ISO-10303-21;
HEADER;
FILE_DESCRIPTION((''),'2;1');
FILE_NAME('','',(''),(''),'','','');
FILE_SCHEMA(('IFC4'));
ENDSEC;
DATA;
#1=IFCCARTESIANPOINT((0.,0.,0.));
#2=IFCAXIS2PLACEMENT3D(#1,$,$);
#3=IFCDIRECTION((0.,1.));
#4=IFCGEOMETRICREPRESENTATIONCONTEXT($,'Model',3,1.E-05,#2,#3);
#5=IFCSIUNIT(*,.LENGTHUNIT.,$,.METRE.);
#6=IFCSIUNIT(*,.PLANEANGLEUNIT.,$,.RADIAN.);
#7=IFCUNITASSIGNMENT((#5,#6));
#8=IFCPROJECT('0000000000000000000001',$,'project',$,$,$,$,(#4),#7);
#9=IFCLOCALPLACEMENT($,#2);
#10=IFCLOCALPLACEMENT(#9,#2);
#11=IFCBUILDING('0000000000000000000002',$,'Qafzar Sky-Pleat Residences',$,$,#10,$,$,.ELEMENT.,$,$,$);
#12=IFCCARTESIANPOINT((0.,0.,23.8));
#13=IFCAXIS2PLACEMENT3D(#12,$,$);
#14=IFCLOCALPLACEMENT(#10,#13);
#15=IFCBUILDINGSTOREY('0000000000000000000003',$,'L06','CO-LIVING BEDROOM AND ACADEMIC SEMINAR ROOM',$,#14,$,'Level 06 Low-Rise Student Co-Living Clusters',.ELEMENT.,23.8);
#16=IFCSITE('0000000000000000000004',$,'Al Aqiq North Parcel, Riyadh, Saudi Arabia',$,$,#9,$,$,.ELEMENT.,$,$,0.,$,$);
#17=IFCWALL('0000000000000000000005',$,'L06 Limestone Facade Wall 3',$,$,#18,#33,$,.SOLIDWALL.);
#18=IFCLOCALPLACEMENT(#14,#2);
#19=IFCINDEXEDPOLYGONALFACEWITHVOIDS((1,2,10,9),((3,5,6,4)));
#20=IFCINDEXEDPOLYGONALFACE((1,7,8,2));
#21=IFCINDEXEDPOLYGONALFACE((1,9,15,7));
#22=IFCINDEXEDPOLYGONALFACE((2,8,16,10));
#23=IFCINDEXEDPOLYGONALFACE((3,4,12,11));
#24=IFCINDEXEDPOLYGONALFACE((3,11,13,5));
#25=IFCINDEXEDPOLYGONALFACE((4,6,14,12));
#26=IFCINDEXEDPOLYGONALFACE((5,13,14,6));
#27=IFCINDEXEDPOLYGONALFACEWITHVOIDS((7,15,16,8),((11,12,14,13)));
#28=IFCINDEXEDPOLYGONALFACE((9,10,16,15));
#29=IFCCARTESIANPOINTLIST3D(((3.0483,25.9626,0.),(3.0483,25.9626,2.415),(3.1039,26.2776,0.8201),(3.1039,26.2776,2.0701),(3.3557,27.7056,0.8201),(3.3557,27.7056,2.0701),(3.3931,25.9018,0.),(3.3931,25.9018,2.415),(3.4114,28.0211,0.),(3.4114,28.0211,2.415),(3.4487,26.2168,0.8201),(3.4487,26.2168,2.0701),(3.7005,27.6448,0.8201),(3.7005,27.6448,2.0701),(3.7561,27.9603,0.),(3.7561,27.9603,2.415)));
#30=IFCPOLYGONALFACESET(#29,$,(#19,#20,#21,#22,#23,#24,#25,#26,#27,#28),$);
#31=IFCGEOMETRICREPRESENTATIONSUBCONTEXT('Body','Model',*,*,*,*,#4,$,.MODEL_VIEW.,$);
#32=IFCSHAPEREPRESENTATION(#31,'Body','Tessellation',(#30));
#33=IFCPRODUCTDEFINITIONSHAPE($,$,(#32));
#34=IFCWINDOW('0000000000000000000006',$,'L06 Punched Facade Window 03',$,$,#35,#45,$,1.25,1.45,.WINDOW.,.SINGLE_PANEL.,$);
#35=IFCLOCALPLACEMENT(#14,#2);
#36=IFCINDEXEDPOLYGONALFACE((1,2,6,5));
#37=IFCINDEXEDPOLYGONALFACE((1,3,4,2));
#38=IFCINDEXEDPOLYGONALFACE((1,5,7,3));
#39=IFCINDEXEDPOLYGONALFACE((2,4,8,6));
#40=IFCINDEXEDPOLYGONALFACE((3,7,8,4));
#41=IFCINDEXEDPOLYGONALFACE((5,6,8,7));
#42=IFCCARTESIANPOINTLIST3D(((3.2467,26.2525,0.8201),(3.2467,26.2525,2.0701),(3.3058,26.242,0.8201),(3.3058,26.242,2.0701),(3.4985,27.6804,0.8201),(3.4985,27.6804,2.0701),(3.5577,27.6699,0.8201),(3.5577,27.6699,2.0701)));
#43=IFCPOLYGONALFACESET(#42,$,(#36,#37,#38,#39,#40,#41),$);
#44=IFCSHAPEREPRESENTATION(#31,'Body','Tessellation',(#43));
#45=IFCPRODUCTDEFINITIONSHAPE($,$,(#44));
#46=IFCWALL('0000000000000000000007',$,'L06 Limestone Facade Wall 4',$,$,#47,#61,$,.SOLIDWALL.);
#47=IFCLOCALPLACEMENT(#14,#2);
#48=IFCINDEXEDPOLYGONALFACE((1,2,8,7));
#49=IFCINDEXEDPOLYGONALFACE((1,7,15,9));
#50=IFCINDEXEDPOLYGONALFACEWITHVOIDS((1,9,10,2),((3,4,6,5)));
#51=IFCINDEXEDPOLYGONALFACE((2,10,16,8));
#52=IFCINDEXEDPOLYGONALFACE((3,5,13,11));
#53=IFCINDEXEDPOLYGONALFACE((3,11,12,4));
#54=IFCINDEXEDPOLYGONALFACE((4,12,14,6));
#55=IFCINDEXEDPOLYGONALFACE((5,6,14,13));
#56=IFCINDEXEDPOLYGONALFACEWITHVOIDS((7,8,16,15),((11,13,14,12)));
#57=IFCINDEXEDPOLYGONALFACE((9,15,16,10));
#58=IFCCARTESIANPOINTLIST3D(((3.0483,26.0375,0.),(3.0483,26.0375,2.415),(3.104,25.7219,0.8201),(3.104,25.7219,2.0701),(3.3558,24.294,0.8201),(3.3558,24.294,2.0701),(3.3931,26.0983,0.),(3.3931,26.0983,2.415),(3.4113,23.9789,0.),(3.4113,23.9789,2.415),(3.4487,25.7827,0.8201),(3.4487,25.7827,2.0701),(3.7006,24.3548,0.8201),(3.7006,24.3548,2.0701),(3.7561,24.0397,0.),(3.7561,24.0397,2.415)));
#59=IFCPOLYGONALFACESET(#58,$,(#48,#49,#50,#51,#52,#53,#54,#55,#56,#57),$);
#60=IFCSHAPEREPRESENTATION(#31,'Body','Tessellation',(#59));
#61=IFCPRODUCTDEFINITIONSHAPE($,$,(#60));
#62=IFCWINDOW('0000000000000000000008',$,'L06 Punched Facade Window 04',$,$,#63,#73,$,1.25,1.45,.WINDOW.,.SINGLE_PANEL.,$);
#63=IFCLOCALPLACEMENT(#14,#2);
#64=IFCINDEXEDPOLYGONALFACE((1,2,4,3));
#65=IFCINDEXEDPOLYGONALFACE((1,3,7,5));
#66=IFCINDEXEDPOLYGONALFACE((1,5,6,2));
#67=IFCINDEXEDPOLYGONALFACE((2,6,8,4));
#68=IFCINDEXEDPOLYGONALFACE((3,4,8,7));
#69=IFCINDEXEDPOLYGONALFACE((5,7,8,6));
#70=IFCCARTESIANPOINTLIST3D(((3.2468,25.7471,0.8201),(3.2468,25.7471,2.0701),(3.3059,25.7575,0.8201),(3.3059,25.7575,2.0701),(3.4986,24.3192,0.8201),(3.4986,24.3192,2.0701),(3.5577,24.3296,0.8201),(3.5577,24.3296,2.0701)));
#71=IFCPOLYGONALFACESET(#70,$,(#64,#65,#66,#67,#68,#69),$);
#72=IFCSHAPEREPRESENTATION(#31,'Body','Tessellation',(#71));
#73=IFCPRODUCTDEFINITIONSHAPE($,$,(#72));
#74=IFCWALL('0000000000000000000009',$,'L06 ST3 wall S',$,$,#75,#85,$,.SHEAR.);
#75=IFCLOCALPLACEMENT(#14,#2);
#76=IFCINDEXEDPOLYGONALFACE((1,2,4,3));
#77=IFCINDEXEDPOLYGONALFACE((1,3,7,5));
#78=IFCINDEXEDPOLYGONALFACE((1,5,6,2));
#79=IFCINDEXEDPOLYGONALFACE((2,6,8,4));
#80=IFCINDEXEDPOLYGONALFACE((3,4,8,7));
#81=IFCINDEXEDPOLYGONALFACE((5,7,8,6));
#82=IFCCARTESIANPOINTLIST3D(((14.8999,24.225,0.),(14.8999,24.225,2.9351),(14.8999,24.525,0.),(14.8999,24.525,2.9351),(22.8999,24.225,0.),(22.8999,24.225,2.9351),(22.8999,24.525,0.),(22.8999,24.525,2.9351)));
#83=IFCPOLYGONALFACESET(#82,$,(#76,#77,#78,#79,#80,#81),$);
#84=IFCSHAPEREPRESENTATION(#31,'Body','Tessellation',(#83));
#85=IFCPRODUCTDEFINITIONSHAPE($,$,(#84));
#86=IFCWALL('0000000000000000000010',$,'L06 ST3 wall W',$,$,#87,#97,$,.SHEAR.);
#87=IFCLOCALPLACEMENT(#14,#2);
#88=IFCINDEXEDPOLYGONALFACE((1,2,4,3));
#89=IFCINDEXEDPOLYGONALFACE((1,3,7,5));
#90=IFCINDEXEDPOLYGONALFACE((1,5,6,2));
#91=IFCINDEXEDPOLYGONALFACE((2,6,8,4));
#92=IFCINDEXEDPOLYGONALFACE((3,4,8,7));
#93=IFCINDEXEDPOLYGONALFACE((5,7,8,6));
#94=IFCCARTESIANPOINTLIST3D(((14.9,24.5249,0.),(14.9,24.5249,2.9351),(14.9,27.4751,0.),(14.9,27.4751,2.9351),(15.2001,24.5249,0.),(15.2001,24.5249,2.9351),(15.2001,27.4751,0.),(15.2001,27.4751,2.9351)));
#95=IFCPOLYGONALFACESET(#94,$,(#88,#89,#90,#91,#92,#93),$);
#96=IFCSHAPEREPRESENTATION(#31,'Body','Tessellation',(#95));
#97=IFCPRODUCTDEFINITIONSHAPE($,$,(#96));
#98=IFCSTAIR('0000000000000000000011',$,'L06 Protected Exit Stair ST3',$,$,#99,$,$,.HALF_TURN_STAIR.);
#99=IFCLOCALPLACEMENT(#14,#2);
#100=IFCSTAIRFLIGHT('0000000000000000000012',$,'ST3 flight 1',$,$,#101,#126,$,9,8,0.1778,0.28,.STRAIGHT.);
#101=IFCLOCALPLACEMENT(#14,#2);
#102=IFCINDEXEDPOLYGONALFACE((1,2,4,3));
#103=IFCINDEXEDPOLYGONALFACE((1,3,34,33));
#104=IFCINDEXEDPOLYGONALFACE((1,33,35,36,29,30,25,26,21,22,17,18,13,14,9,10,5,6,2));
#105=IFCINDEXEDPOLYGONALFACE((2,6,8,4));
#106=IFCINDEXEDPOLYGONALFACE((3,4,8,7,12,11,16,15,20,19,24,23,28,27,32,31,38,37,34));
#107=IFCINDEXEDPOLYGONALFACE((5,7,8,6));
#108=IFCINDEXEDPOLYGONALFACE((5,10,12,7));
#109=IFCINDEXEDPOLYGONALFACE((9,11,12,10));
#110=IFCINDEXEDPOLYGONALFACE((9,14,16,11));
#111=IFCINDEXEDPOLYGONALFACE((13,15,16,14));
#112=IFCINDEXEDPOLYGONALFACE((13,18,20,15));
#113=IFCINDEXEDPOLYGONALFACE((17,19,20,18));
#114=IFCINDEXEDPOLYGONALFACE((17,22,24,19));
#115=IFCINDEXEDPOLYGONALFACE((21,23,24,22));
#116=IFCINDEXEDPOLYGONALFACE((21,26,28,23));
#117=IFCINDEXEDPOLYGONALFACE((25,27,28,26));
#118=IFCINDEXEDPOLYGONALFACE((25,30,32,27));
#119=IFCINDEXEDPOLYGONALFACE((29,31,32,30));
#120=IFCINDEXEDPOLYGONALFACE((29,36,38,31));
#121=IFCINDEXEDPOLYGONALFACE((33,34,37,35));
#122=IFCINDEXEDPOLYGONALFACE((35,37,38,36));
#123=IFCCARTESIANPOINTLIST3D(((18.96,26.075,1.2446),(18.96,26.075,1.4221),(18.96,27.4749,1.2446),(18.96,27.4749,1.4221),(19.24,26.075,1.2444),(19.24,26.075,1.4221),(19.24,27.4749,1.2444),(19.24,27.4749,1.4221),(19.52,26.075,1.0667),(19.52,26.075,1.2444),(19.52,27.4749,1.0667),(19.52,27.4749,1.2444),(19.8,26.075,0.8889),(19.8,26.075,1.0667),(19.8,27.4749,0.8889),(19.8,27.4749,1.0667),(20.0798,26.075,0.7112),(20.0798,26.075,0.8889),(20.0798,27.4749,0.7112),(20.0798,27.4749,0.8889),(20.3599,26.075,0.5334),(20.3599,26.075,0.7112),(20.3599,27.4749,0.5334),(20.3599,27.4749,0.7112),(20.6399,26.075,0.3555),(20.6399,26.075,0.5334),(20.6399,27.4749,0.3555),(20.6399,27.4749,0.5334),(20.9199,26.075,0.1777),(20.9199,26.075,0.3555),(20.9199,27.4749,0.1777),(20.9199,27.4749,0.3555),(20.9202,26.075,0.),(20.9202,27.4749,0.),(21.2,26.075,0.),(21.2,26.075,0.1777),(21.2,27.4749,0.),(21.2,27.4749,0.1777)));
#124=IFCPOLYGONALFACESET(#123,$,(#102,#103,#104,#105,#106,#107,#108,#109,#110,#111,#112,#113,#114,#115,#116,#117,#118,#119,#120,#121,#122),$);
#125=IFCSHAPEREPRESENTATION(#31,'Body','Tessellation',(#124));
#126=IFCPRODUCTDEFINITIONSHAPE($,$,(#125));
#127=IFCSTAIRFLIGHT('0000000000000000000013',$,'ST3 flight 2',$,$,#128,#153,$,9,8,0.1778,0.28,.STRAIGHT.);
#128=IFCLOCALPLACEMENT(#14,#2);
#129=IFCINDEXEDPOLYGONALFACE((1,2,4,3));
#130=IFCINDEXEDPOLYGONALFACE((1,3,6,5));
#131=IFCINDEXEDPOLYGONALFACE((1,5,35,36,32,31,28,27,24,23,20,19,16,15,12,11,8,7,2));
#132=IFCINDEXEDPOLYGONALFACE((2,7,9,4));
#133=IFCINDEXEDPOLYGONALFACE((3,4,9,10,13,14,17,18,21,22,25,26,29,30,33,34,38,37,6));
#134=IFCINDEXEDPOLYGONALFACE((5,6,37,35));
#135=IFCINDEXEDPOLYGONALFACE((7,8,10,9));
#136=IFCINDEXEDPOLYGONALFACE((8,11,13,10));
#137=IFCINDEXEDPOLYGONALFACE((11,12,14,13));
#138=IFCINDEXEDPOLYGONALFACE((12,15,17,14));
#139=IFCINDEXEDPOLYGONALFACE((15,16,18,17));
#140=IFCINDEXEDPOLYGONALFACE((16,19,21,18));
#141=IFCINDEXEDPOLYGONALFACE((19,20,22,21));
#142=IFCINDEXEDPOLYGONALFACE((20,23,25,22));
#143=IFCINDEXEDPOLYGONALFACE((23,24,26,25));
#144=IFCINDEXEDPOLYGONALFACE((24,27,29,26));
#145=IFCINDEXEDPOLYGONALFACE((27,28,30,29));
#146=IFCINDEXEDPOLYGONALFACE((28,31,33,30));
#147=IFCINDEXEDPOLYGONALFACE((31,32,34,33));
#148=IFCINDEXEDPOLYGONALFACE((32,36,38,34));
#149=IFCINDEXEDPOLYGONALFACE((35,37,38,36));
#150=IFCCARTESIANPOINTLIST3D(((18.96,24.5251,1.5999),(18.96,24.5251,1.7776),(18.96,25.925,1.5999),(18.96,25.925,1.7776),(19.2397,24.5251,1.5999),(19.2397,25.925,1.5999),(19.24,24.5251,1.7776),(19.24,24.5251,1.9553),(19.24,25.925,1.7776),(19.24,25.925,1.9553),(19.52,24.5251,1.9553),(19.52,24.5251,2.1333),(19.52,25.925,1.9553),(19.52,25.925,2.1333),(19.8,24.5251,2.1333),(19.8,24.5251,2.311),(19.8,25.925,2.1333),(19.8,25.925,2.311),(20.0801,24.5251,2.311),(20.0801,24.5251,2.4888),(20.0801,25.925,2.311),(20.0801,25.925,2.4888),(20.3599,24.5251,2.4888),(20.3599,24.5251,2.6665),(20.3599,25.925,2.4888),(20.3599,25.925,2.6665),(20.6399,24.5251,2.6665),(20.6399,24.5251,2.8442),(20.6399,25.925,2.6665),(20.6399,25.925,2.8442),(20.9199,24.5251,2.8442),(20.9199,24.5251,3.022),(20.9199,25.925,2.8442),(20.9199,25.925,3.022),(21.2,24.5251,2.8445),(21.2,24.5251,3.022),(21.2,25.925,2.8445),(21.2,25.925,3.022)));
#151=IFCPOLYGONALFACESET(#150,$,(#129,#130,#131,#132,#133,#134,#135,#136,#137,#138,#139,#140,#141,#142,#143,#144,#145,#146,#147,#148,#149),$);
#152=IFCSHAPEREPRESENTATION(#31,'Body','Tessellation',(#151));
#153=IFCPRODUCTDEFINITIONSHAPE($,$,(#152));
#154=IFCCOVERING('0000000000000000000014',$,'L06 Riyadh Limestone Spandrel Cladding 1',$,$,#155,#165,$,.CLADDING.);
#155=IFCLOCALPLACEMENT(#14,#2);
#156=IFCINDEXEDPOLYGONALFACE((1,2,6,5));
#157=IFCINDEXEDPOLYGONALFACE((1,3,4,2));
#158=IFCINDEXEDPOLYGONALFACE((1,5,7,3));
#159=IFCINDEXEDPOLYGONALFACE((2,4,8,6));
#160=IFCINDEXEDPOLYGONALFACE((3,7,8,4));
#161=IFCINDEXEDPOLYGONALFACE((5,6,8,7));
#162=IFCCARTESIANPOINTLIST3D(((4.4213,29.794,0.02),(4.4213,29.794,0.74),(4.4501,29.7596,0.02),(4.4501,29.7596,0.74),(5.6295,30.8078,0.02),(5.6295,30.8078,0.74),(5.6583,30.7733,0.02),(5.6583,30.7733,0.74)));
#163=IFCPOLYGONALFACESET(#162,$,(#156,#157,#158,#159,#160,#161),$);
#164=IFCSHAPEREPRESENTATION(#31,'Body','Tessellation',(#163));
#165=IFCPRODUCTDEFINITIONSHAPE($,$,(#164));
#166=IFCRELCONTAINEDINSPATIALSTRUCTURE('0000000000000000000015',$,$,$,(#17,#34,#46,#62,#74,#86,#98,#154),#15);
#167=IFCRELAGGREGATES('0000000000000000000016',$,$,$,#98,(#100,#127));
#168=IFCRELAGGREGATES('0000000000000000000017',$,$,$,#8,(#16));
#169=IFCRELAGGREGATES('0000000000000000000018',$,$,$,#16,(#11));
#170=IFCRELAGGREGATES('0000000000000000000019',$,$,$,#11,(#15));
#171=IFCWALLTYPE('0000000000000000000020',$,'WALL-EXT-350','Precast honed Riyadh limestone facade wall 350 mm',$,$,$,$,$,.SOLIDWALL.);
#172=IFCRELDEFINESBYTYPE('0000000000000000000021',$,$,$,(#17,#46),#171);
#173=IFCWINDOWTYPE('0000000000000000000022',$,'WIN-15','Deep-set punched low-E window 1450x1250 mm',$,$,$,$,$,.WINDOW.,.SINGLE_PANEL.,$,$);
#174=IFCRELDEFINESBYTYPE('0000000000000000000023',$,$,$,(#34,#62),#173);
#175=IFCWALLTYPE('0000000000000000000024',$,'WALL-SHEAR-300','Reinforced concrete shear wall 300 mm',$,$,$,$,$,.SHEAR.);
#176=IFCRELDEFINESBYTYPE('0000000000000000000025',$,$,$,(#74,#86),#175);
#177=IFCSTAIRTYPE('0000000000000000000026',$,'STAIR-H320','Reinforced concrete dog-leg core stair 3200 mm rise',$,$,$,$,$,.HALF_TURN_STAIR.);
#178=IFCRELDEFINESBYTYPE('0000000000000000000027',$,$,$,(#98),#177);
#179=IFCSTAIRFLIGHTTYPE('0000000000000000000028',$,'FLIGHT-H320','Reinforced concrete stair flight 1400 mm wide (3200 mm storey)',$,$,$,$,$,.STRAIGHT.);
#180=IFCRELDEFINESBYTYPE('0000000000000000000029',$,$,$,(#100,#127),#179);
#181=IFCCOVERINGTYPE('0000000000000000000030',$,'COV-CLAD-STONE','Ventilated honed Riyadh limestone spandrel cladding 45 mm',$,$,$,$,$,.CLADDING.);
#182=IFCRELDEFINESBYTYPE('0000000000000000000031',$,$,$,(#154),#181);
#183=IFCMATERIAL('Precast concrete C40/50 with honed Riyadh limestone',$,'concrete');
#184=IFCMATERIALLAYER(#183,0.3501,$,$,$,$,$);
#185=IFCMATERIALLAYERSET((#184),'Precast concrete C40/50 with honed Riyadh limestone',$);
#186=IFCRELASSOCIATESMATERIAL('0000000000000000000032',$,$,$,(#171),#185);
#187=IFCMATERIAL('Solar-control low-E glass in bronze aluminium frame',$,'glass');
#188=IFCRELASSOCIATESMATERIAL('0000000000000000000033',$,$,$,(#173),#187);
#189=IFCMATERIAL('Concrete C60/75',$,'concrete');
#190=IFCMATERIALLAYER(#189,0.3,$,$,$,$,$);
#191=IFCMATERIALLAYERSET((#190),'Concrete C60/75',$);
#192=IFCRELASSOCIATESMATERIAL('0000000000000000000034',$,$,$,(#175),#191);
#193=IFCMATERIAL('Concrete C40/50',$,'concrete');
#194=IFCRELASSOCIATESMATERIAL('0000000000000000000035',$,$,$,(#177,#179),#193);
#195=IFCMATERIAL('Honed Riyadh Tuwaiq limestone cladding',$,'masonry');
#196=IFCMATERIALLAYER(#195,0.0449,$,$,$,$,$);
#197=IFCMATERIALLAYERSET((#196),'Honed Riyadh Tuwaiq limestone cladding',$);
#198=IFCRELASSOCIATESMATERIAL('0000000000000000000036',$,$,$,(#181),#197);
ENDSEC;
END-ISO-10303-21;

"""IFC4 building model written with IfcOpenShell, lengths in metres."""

from ifc_helpers import new_model, si_unit, direction, frame, frame_2d, origin, origin_2d, place, context, subcontext, project, spatial, polyline, rectangle, outline, extrude, source, transform, mapped, material, layer, layer_set, type_object, element, fill, aggregate, save


model = new_model("IFC4")

# Units and contexts
model_context = context("Model", 3, precision=1e-05, world=origin(), true_north=direction((0.0, 1.0)))
body_context = subcontext(model_context, "Body", "Model", "MODEL_VIEW")
ifc_project = project(units=[si_unit("LENGTHUNIT", "METRE"), si_unit("PLANEANGLEUNIT", "RADIAN")], contexts=[model_context])

# Site, building, storey
site_placement = place(None, origin())
site = spatial("IfcSite", under=ifc_project, at=site_placement, Name="Al Aqiq North Parcel, Riyadh, Saudi Arabia", CompositionType="ELEMENT", RefElevation=0.0)
building_placement = place(site_placement, origin())
building = spatial("IfcBuilding", under=site, at=building_placement, Name="Qafzar Sky-Pleat Residences", CompositionType="ELEMENT")
storey_placement = place(building_placement, frame((0.0, 0.0, 23.8)))
storey = spatial("IfcBuildingStorey", under=building, at=storey_placement, Name="L06", Description="CO-LIVING BEDROOM AND ACADEMIC SEMINAR ROOM", LongName="Level 06 Low-Rise Student Co-Living Clusters", CompositionType="ELEMENT", Elevation=23.8)

# Shared definitions
ifc_material_1 = material(Name="Concrete C60/75", Category="concrete")

# Shared definitions
ifc_material_2 = material(Name="Precast concrete C40/50 with honed Riyadh limestone", Category="concrete")
ifc_layer_1 = layer(ifc_material_2, 0.3501)
ifc_layer_set_1 = layer_set([ifc_layer_1], Name="Precast concrete C40/50 with honed Riyadh limestone")
wall_type_1 = type_object("IfcWallType", Name="WALL-EXT-350", Description="Precast honed Riyadh limestone facade wall 350 mm", PredefinedType="SOLIDWALL", material=ifc_layer_set_1)

# Walls, openings, windows
ifc_material_3 = material(Name="Solar-control low-E glass in bronze aluminium frame", Category="glass")
window_type = type_object("IfcWindowType", Name="WIN-15", Description="Deep-set punched low-E window 1450x1250 mm", PartitioningType="SINGLE_PANEL", PredefinedType="WINDOW", material=ifc_material_3)
shared_shape_1 = source(origin(), body_context, "Body", "SweptSolid", [
    extrude(rectangle(XDim=1.45, YDim=1.25, at=frame_2d((0.7251, 0.625))), frame((0.0, 0.03, 0.0), z_axis=(0.0, -1.0, 0.0), x_axis=(1.0, 0.0, 0.0)), (0.0, 0.0, 1.0), 0.0601),
])
wall_1_placement = place(storey_placement, frame((3.5837, 27.9907, 0.0), z_axis=(0.0, 0.0, 1.0), x_axis=(-0.173672, -0.984804, 0.0)))
wall_1 = element("IfcWall", 1, at=wall_1_placement, inside=storey, type_object=wall_type_1, Name="L06 Limestone Facade Wall 3", PredefinedType="SOLIDWALL", context=body_context, shape_type="SweptSolid", body=[
    extrude(rectangle(XDim=2.0903, YDim=0.3501, at=frame_2d((1.0452, 0.0))), origin(), (0.0, 0.0, 1.0), 2.415),
])
opening_1_placement = place(wall_1_placement, frame((0.3203, 0.0, 0.8201)))
opening_1 = element("IfcOpeningElement", 2, at=opening_1_placement, cuts=wall_1, PredefinedType="OPENING", context=body_context, shape_type="SweptSolid", body=[
    extrude(rectangle(XDim=1.45, YDim=1.25, at=frame_2d((0.7251, 0.625))), frame((0.0, 0.1851, 0.0), z_axis=(0.0, -1.0, 0.0), x_axis=(1.0, 0.0, 0.0)), (0.0, 0.0, 1.0), 0.3701),
])
window_1_placement = place(opening_1_placement, origin())
window_1 = element("IfcWindow", 3, at=window_1_placement, inside=storey, type_object=window_type, Name="L06 Punched Facade Window 03", OverallHeight=1.25, OverallWidth=1.45, PartitioningType="SINGLE_PANEL", PredefinedType="WINDOW", context=body_context, shape_type="MappedRepresentation", body=[
    mapped(shared_shape_1, transform((0.0, 0.0, 0.0), x_axis=(1.0, 0.0, 0.0), y_axis=(0.0, 1.0, 0.0), z_axis=(0.0, 0.0, 1.0), scale=1.0)),
])
fill(opening_1, window_1)
wall_2_placement = place(storey_placement, frame((3.2207, 26.0679, 0.0), z_axis=(0.0, 0.0, 1.0), x_axis=(0.173672, -0.984804, 0.0)))
wall_2 = element("IfcWall", 4, at=wall_2_placement, inside=storey, type_object=wall_type_1, Name="L06 Limestone Facade Wall 4", PredefinedType="SOLIDWALL", context=body_context, shape_type="SweptSolid", body=[
    extrude(rectangle(XDim=2.0903, YDim=0.3501, at=frame_2d((1.0452, 0.0))), origin(), (0.0, 0.0, 1.0), 2.415),
])
opening_2_placement = place(wall_2_placement, frame((0.3203, 0.0, 0.8201)))
opening_2 = element("IfcOpeningElement", 5, at=opening_2_placement, cuts=wall_2, PredefinedType="OPENING", context=body_context, shape_type="SweptSolid", body=[
    extrude(rectangle(XDim=1.45, YDim=1.25, at=frame_2d((0.7251, 0.625))), frame((0.0, 0.1851, 0.0), z_axis=(0.0, -1.0, 0.0), x_axis=(1.0, 0.0, 0.0)), (0.0, 0.0, 1.0), 0.3701),
])
window_2_placement = place(opening_2_placement, origin())
window_2 = element("IfcWindow", 6, at=window_2_placement, inside=storey, type_object=window_type, Name="L06 Punched Facade Window 04", OverallHeight=1.25, OverallWidth=1.45, PartitioningType="SINGLE_PANEL", PredefinedType="WINDOW", context=body_context, shape_type="MappedRepresentation", body=[
    mapped(shared_shape_1, transform((0.0, 0.0, 0.0), x_axis=(1.0, 0.0, 0.0), y_axis=(0.0, 1.0, 0.0), z_axis=(0.0, 0.0, 1.0), scale=1.0)),
])
fill(opening_2, window_2)

# Walls
ifc_layer_2 = layer(ifc_material_1, 0.3)
ifc_layer_set_2 = layer_set([ifc_layer_2], Name="Concrete C60/75")
wall_type_2 = type_object("IfcWallType", Name="WALL-SHEAR-300", Description="Reinforced concrete shear wall 300 mm", PredefinedType="SHEAR", material=ifc_layer_set_2)
wall_3_placement = place(storey_placement, frame((14.8999, 24.375, 0.0), z_axis=(0.0, 0.0, 1.0), x_axis=(1.0, 0.0, 0.0)))
element("IfcWall", 7, at=wall_3_placement, inside=storey, type_object=wall_type_2, Name="L06 ST3 wall S", PredefinedType="SHEAR", context=body_context, shape_type="SweptSolid", body=[
    extrude(rectangle(XDim=8.0, YDim=0.3, at=frame_2d((4.0, 0.0))), origin(), (0.0, 0.0, 1.0), 2.9351),
])
wall_4_placement = place(storey_placement, frame((15.05, 27.4751, 0.0), z_axis=(0.0, 0.0, 1.0), x_axis=(0.0, -1.0, 0.0)))
element("IfcWall", 8, at=wall_4_placement, inside=storey, type_object=wall_type_2, Name="L06 ST3 wall W", PredefinedType="SHEAR", context=body_context, shape_type="SweptSolid", body=[
    extrude(rectangle(XDim=2.9502, YDim=0.3, at=frame_2d((1.4751, 0.0))), origin(), (0.0, 0.0, 1.0), 2.9351),
])

# Stair, stair flights
ifc_material_4 = material(Name="Concrete C40/50", Category="concrete")
stair_type = type_object("IfcStairType", Name="STAIR-H320", Description="Reinforced concrete dog-leg core stair 3200 mm rise", PredefinedType="HALF_TURN_STAIR", material=ifc_material_4)
stair_placement = place(storey_placement, origin())
stair = element("IfcStair", 9, at=stair_placement, inside=storey, type_object=stair_type, Name="L06 Protected Exit Stair ST3", PredefinedType="HALF_TURN_STAIR")
stair_flight_type = type_object("IfcStairFlightType", Name="FLIGHT-H320", Description="Reinforced concrete stair flight 1400 mm wide (3200 mm storey)", PredefinedType="STRAIGHT", material=ifc_material_4)
shared_shape_2 = source(origin(), body_context, "Body", "SweptSolid", [
    extrude(outline(polyline([(0.0, 0.0), (0.0, 0.1777), (0.28, 0.1777), (0.28, 0.3555), (0.5601, 0.3555), (0.5601, 0.5334), (0.8401, 0.5334), (0.8401, 0.7112), (1.1201, 0.7112), (1.1201, 0.8889), (1.3999, 0.8889), (1.3999, 1.0667), (1.6799, 1.0667), (1.6799, 1.2444), (1.96, 1.2444), (1.96, 1.4221), (2.24, 1.4221), (2.24, 1.6001), (2.24, 1.2446), (0.2798, 0.0), (0.0, 0.0)])), frame((0.0, 0.7, 0.0), z_axis=(0.0, -1.0, 0.0), x_axis=(1.0, 0.0, 0.0)), (0.0, 0.0, 1.0), 1.3999),
])
stair_flight_1_placement = place(storey_placement, frame((21.2, 26.7749, 0.0), z_axis=(0.0, 0.0, 1.0), x_axis=(-1.0, 0.0, 0.0)))
stair_flight_1 = element("IfcStairFlight", 10, at=stair_flight_1_placement, type_object=stair_flight_type, Name="ST3 flight 1", NumberOfRisers=9, NumberOfTreads=8, PredefinedType="STRAIGHT", RiserHeight=0.1778, TreadLength=0.28, context=body_context, shape_type="MappedRepresentation", body=[
    mapped(shared_shape_2, transform((0.0, 0.0, 0.0), x_axis=(1.0, 0.0, 0.0), y_axis=(0.0, 1.0, 0.0), z_axis=(0.0, 0.0, 1.0), scale=1.0)),
])
stair_flight_2_placement = place(storey_placement, frame((18.96, 25.2251, 1.5999), z_axis=(0.0, 0.0, 1.0), x_axis=(1.0, 0.0, 0.0)))
stair_flight_2 = element("IfcStairFlight", 11, at=stair_flight_2_placement, type_object=stair_flight_type, Name="ST3 flight 2", NumberOfRisers=9, NumberOfTreads=8, PredefinedType="STRAIGHT", RiserHeight=0.1778, TreadLength=0.28, context=body_context, shape_type="MappedRepresentation", body=[
    mapped(shared_shape_2, transform((0.0, 0.0, 0.0), x_axis=(1.0, 0.0, 0.0), y_axis=(0.0, 1.0, 0.0), z_axis=(0.0, 0.0, 1.0), scale=1.0)),
])
aggregate(stair, [stair_flight_1, stair_flight_2])

# Covering
ifc_material_5 = material(Name="Honed Riyadh Tuwaiq limestone cladding", Category="masonry")
ifc_layer_3 = layer(ifc_material_5, 0.0449)
ifc_layer_set_3 = layer_set([ifc_layer_3], Name="Honed Riyadh Tuwaiq limestone cladding")
covering_type = type_object("IfcCoveringType", Name="COV-CLAD-STONE", Description="Ventilated honed Riyadh limestone spandrel cladding 45 mm", PredefinedType="CLADDING", material=ifc_layer_set_3)
shared_shape_3 = source(origin(), body_context, "Body", "SweptSolid", [
    extrude(rectangle(XDim=1.5771, YDim=0.0449, at=origin_2d()), origin(), (0.0, 0.0, 1.0), 0.72),
])
covering_1_placement = place(storey_placement, frame((5.0398, 30.2837, 0.02), z_axis=(0.0, 0.0, 1.0), x_axis=(-0.766075, -0.642752, 0.0)))
element("IfcCovering", 12, at=covering_1_placement, inside=storey, type_object=covering_type, Name="L06 Riyadh Limestone Spandrel Cladding 1", PredefinedType="CLADDING", context=body_context, shape_type="MappedRepresentation", body=[
    mapped(shared_shape_3, transform((0.0, 0.0, 0.0), x_axis=(1.0, 0.0, 0.0), y_axis=(0.0, 1.0, 0.0), z_axis=(0.0, 0.0, 1.0), scale=1.0)),
])

save(model, "model.ifc")
